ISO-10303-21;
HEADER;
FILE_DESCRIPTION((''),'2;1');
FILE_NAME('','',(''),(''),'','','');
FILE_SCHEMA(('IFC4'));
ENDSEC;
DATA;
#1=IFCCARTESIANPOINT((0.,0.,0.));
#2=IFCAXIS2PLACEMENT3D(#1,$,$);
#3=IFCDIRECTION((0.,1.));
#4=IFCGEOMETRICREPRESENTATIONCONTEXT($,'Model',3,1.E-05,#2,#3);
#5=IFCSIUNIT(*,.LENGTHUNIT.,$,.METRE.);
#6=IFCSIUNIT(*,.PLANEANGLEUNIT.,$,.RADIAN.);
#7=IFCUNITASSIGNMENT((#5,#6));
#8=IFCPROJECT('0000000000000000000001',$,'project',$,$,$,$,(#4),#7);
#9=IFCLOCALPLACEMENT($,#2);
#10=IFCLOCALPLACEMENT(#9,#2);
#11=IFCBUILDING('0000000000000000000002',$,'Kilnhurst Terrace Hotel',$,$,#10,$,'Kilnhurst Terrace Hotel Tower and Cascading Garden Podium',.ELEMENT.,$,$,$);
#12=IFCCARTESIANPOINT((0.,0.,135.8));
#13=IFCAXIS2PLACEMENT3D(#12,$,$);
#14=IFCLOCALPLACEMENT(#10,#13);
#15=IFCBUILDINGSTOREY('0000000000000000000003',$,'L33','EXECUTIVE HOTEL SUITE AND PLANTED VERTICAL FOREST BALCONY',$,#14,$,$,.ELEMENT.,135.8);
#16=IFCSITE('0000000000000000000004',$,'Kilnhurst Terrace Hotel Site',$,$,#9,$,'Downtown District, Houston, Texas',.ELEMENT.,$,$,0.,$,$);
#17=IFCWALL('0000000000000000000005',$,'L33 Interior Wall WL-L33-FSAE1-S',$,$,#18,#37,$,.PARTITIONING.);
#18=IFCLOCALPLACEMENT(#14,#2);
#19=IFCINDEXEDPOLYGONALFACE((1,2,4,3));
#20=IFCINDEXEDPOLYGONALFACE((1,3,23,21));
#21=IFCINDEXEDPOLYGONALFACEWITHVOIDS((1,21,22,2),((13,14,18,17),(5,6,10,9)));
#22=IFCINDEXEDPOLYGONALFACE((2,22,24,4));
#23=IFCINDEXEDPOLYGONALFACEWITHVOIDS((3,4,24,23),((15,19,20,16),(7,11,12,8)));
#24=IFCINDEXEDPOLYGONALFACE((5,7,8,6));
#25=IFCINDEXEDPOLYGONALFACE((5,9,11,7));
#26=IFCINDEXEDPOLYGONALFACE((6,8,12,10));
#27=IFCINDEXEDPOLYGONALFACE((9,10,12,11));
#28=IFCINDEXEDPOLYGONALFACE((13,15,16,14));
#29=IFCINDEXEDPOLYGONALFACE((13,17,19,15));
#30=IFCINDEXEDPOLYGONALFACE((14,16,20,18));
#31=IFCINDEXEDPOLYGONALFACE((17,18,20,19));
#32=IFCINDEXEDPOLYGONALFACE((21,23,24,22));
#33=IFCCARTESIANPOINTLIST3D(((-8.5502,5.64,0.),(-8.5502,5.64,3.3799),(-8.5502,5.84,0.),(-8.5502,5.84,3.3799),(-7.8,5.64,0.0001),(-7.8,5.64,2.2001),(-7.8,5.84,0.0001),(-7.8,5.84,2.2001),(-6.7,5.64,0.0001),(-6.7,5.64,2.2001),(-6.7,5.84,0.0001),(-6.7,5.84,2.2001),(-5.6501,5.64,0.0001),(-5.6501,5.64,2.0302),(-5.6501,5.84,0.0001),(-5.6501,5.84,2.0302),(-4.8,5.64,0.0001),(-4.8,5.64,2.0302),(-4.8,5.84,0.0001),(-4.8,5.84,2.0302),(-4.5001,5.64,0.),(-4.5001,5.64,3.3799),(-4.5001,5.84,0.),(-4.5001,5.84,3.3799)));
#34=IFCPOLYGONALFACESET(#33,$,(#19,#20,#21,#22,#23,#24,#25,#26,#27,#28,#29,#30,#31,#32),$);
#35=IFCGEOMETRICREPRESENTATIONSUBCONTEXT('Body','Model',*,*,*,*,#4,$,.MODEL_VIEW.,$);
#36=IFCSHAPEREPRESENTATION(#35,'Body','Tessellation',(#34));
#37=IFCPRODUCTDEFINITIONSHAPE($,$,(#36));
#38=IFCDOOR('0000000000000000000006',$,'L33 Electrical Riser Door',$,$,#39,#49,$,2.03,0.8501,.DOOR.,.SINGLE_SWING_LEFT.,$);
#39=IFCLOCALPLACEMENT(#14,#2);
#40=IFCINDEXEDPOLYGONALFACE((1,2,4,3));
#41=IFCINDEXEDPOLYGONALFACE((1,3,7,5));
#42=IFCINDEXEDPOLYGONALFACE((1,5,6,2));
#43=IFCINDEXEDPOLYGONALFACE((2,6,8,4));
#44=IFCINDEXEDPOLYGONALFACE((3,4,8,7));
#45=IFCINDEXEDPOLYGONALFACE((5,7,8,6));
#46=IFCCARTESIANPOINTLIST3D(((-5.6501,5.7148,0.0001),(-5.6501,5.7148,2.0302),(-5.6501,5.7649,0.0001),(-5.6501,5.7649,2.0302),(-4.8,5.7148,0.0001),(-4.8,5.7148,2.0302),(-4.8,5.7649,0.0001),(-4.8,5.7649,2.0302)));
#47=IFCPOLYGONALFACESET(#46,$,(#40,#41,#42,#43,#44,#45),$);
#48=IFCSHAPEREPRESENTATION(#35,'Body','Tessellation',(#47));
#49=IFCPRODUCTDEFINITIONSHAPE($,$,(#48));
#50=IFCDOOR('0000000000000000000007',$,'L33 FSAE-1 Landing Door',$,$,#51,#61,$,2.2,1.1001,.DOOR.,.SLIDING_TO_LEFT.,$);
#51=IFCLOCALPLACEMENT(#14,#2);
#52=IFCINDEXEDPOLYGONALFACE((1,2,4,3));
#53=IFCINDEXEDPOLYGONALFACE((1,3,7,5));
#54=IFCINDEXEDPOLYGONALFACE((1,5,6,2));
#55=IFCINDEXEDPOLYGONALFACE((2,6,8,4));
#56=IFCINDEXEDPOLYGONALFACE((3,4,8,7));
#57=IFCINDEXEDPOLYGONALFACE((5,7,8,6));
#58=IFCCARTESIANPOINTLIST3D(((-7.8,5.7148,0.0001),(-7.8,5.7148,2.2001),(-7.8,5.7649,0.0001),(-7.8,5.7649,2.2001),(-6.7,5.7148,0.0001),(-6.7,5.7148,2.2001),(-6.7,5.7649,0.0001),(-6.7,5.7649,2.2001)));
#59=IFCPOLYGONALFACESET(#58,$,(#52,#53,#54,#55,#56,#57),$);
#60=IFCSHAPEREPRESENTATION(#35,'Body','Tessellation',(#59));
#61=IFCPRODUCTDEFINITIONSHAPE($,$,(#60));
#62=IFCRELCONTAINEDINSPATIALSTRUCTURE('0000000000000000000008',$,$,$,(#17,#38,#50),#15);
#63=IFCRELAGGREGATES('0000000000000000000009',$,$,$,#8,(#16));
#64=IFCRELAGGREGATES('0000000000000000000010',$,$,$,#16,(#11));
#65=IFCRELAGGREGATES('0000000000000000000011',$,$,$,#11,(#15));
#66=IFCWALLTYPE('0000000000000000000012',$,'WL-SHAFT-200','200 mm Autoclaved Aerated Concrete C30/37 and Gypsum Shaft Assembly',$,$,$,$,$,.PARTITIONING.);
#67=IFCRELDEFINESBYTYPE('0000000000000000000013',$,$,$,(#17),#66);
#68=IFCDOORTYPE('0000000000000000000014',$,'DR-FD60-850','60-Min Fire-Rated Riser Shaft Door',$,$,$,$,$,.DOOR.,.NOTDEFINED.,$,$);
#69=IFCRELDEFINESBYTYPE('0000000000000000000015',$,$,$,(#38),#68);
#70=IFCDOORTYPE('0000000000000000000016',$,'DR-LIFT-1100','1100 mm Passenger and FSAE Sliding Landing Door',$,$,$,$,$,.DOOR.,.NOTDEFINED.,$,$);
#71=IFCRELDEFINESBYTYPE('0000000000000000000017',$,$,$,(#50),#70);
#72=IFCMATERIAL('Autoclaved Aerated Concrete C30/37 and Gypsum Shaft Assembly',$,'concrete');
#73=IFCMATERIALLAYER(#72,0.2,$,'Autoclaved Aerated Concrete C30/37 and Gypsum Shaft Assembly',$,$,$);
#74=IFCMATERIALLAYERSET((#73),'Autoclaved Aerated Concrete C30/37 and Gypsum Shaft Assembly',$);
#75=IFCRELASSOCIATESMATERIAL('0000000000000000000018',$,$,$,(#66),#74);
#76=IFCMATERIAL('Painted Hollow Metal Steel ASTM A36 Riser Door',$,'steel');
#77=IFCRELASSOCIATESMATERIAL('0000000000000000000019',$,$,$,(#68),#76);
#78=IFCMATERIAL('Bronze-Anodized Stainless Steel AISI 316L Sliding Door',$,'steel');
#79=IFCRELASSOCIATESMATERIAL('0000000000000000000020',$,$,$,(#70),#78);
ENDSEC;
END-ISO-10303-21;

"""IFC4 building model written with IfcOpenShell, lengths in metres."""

from ifc_helpers import new_model, si_unit, direction, frame, frame_2d, origin, place, context, subcontext, project, spatial, rectangle, extrude, material, layer, layer_set, type_object, element, fill, save


model = new_model("IFC4")

# Units and contexts
model_context = context("Model", 3, precision=1e-05, world=origin(), true_north=direction((0.0, 1.0)))
body_context = subcontext(model_context, "Body", "Model", "MODEL_VIEW")
ifc_project = project(units=[si_unit("LENGTHUNIT", "METRE"), si_unit("PLANEANGLEUNIT", "RADIAN")], contexts=[model_context])

# Site, building, storey
site_placement = place(None, origin())
site = spatial("IfcSite", under=ifc_project, at=site_placement, Name="Kilnhurst Terrace Hotel Site", LongName="Downtown District, Houston, Texas", CompositionType="ELEMENT", RefElevation=0.0)
building_placement = place(site_placement, origin())
building = spatial("IfcBuilding", under=site, at=building_placement, Name="Kilnhurst Terrace Hotel", LongName="Kilnhurst Terrace Hotel Tower and Cascading Garden Podium", CompositionType="ELEMENT")
storey_placement = place(building_placement, frame((0.0, 0.0, 135.8)))
storey = spatial("IfcBuildingStorey", under=building, at=storey_placement, Name="L33", Description="EXECUTIVE HOTEL SUITE AND PLANTED VERTICAL FOREST BALCONY", CompositionType="ELEMENT", Elevation=135.8)

# Wall, openings, doors
ifc_material_1 = material(Name="Autoclaved Aerated Concrete C30/37 and Gypsum Shaft Assembly", Category="concrete")
ifc_layer_1 = layer(ifc_material_1, 0.2, Name="Autoclaved Aerated Concrete C30/37 and Gypsum Shaft Assembly")
ifc_layer_set_1 = layer_set([ifc_layer_1], Name="Autoclaved Aerated Concrete C30/37 and Gypsum Shaft Assembly")
wall_type_1 = type_object("IfcWallType", Name="WL-SHAFT-200", Description="200 mm Autoclaved Aerated Concrete C30/37 and Gypsum Shaft Assembly", PredefinedType="PARTITIONING", material=ifc_layer_set_1)
wall_1_placement = place(storey_placement, frame((-8.55, 5.74, 0.0), z_axis=(0.0, 0.0, 1.0), x_axis=(1.0, 0.0, 0.0)))
wall_1 = element("IfcWall", 1, at=wall_1_placement, inside=storey, type_object=wall_type_1, Name="L33 Interior Wall WL-L33-FSAE1-S", PredefinedType="PARTITIONING", context=body_context, shape_type="SweptSolid", body=[
    extrude(rectangle(XDim=4.05, YDim=0.2, at=frame_2d((2.0249, 0.0))), origin(), (0.0, 0.0, 1.0), 3.3799),
])
opening_1_placement = place(wall_1_placement, frame((0.75, 0.0, 0.0)))
opening_1 = element("IfcOpeningElement", 2, at=opening_1_placement, cuts=wall_1, PredefinedType="OPENING", context=body_context, shape_type="SweptSolid", body=[
    extrude(rectangle(XDim=1.1001, YDim=2.2, at=frame_2d((0.55, 1.1001))), frame((0.0, 0.1099, 0.0), z_axis=(0.0, -1.0, 0.0), x_axis=(1.0, 0.0, 0.0)), (0.0, 0.0, 1.0), 0.22),
])
opening_2_placement = place(wall_1_placement, frame((2.8999, 0.0, 0.0)))
opening_2 = element("IfcOpeningElement", 3, at=opening_2_placement, cuts=wall_1, PredefinedType="OPENING", context=body_context, shape_type="SweptSolid", body=[
    extrude(rectangle(XDim=0.8501, YDim=2.03, at=frame_2d((0.425, 1.0151))), frame((0.0, 0.1099, 0.0), z_axis=(0.0, -1.0, 0.0), x_axis=(1.0, 0.0, 0.0)), (0.0, 0.0, 1.0), 0.22),
])
ifc_material_2 = material(Name="Painted Hollow Metal Steel ASTM A36 Riser Door", Category="steel")
door_type_1 = type_object("IfcDoorType", Name="DR-FD60-850", Description="60-Min Fire-Rated Riser Shaft Door", OperationType="NOTDEFINED", PredefinedType="DOOR", material=ifc_material_2)
door_1_placement = place(opening_2_placement, origin())
door_1 = element("IfcDoor", 4, at=door_1_placement, inside=storey, type_object=door_type_1, Name="L33 Electrical Riser Door", OperationType="SINGLE_SWING_LEFT", OverallHeight=2.03, OverallWidth=0.8501, PredefinedType="DOOR", context=body_context, shape_type="SweptSolid", body=[
    extrude(rectangle(XDim=0.8501, YDim=2.03, at=frame_2d((0.425, 1.0151))), frame((0.0, 0.0249, 0.0), z_axis=(0.0, -1.0, 0.0), x_axis=(1.0, 0.0, 0.0)), (0.0, 0.0, 1.0), 0.05),
])
fill(opening_2, door_1)
ifc_material_3 = material(Name="Bronze-Anodized Stainless Steel AISI 316L Sliding Door", Category="steel")
door_type_2 = type_object("IfcDoorType", Name="DR-LIFT-1100", Description="1100 mm Passenger and FSAE Sliding Landing Door", OperationType="NOTDEFINED", PredefinedType="DOOR", material=ifc_material_3)
door_2_placement = place(opening_1_placement, origin())
door_2 = element("IfcDoor", 5, at=door_2_placement, inside=storey, type_object=door_type_2, Name="L33 FSAE-1 Landing Door", OperationType="SLIDING_TO_LEFT", OverallHeight=2.2, OverallWidth=1.1001, PredefinedType="DOOR", context=body_context, shape_type="SweptSolid", body=[
    extrude(rectangle(XDim=1.1001, YDim=2.2, at=frame_2d((0.55, 1.1001))), frame((0.0, 0.0249, 0.0), z_axis=(0.0, -1.0, 0.0), x_axis=(1.0, 0.0, 0.0)), (0.0, 0.0, 1.0), 0.05),
])
fill(opening_1, door_2)

save(model, "model.ifc")
